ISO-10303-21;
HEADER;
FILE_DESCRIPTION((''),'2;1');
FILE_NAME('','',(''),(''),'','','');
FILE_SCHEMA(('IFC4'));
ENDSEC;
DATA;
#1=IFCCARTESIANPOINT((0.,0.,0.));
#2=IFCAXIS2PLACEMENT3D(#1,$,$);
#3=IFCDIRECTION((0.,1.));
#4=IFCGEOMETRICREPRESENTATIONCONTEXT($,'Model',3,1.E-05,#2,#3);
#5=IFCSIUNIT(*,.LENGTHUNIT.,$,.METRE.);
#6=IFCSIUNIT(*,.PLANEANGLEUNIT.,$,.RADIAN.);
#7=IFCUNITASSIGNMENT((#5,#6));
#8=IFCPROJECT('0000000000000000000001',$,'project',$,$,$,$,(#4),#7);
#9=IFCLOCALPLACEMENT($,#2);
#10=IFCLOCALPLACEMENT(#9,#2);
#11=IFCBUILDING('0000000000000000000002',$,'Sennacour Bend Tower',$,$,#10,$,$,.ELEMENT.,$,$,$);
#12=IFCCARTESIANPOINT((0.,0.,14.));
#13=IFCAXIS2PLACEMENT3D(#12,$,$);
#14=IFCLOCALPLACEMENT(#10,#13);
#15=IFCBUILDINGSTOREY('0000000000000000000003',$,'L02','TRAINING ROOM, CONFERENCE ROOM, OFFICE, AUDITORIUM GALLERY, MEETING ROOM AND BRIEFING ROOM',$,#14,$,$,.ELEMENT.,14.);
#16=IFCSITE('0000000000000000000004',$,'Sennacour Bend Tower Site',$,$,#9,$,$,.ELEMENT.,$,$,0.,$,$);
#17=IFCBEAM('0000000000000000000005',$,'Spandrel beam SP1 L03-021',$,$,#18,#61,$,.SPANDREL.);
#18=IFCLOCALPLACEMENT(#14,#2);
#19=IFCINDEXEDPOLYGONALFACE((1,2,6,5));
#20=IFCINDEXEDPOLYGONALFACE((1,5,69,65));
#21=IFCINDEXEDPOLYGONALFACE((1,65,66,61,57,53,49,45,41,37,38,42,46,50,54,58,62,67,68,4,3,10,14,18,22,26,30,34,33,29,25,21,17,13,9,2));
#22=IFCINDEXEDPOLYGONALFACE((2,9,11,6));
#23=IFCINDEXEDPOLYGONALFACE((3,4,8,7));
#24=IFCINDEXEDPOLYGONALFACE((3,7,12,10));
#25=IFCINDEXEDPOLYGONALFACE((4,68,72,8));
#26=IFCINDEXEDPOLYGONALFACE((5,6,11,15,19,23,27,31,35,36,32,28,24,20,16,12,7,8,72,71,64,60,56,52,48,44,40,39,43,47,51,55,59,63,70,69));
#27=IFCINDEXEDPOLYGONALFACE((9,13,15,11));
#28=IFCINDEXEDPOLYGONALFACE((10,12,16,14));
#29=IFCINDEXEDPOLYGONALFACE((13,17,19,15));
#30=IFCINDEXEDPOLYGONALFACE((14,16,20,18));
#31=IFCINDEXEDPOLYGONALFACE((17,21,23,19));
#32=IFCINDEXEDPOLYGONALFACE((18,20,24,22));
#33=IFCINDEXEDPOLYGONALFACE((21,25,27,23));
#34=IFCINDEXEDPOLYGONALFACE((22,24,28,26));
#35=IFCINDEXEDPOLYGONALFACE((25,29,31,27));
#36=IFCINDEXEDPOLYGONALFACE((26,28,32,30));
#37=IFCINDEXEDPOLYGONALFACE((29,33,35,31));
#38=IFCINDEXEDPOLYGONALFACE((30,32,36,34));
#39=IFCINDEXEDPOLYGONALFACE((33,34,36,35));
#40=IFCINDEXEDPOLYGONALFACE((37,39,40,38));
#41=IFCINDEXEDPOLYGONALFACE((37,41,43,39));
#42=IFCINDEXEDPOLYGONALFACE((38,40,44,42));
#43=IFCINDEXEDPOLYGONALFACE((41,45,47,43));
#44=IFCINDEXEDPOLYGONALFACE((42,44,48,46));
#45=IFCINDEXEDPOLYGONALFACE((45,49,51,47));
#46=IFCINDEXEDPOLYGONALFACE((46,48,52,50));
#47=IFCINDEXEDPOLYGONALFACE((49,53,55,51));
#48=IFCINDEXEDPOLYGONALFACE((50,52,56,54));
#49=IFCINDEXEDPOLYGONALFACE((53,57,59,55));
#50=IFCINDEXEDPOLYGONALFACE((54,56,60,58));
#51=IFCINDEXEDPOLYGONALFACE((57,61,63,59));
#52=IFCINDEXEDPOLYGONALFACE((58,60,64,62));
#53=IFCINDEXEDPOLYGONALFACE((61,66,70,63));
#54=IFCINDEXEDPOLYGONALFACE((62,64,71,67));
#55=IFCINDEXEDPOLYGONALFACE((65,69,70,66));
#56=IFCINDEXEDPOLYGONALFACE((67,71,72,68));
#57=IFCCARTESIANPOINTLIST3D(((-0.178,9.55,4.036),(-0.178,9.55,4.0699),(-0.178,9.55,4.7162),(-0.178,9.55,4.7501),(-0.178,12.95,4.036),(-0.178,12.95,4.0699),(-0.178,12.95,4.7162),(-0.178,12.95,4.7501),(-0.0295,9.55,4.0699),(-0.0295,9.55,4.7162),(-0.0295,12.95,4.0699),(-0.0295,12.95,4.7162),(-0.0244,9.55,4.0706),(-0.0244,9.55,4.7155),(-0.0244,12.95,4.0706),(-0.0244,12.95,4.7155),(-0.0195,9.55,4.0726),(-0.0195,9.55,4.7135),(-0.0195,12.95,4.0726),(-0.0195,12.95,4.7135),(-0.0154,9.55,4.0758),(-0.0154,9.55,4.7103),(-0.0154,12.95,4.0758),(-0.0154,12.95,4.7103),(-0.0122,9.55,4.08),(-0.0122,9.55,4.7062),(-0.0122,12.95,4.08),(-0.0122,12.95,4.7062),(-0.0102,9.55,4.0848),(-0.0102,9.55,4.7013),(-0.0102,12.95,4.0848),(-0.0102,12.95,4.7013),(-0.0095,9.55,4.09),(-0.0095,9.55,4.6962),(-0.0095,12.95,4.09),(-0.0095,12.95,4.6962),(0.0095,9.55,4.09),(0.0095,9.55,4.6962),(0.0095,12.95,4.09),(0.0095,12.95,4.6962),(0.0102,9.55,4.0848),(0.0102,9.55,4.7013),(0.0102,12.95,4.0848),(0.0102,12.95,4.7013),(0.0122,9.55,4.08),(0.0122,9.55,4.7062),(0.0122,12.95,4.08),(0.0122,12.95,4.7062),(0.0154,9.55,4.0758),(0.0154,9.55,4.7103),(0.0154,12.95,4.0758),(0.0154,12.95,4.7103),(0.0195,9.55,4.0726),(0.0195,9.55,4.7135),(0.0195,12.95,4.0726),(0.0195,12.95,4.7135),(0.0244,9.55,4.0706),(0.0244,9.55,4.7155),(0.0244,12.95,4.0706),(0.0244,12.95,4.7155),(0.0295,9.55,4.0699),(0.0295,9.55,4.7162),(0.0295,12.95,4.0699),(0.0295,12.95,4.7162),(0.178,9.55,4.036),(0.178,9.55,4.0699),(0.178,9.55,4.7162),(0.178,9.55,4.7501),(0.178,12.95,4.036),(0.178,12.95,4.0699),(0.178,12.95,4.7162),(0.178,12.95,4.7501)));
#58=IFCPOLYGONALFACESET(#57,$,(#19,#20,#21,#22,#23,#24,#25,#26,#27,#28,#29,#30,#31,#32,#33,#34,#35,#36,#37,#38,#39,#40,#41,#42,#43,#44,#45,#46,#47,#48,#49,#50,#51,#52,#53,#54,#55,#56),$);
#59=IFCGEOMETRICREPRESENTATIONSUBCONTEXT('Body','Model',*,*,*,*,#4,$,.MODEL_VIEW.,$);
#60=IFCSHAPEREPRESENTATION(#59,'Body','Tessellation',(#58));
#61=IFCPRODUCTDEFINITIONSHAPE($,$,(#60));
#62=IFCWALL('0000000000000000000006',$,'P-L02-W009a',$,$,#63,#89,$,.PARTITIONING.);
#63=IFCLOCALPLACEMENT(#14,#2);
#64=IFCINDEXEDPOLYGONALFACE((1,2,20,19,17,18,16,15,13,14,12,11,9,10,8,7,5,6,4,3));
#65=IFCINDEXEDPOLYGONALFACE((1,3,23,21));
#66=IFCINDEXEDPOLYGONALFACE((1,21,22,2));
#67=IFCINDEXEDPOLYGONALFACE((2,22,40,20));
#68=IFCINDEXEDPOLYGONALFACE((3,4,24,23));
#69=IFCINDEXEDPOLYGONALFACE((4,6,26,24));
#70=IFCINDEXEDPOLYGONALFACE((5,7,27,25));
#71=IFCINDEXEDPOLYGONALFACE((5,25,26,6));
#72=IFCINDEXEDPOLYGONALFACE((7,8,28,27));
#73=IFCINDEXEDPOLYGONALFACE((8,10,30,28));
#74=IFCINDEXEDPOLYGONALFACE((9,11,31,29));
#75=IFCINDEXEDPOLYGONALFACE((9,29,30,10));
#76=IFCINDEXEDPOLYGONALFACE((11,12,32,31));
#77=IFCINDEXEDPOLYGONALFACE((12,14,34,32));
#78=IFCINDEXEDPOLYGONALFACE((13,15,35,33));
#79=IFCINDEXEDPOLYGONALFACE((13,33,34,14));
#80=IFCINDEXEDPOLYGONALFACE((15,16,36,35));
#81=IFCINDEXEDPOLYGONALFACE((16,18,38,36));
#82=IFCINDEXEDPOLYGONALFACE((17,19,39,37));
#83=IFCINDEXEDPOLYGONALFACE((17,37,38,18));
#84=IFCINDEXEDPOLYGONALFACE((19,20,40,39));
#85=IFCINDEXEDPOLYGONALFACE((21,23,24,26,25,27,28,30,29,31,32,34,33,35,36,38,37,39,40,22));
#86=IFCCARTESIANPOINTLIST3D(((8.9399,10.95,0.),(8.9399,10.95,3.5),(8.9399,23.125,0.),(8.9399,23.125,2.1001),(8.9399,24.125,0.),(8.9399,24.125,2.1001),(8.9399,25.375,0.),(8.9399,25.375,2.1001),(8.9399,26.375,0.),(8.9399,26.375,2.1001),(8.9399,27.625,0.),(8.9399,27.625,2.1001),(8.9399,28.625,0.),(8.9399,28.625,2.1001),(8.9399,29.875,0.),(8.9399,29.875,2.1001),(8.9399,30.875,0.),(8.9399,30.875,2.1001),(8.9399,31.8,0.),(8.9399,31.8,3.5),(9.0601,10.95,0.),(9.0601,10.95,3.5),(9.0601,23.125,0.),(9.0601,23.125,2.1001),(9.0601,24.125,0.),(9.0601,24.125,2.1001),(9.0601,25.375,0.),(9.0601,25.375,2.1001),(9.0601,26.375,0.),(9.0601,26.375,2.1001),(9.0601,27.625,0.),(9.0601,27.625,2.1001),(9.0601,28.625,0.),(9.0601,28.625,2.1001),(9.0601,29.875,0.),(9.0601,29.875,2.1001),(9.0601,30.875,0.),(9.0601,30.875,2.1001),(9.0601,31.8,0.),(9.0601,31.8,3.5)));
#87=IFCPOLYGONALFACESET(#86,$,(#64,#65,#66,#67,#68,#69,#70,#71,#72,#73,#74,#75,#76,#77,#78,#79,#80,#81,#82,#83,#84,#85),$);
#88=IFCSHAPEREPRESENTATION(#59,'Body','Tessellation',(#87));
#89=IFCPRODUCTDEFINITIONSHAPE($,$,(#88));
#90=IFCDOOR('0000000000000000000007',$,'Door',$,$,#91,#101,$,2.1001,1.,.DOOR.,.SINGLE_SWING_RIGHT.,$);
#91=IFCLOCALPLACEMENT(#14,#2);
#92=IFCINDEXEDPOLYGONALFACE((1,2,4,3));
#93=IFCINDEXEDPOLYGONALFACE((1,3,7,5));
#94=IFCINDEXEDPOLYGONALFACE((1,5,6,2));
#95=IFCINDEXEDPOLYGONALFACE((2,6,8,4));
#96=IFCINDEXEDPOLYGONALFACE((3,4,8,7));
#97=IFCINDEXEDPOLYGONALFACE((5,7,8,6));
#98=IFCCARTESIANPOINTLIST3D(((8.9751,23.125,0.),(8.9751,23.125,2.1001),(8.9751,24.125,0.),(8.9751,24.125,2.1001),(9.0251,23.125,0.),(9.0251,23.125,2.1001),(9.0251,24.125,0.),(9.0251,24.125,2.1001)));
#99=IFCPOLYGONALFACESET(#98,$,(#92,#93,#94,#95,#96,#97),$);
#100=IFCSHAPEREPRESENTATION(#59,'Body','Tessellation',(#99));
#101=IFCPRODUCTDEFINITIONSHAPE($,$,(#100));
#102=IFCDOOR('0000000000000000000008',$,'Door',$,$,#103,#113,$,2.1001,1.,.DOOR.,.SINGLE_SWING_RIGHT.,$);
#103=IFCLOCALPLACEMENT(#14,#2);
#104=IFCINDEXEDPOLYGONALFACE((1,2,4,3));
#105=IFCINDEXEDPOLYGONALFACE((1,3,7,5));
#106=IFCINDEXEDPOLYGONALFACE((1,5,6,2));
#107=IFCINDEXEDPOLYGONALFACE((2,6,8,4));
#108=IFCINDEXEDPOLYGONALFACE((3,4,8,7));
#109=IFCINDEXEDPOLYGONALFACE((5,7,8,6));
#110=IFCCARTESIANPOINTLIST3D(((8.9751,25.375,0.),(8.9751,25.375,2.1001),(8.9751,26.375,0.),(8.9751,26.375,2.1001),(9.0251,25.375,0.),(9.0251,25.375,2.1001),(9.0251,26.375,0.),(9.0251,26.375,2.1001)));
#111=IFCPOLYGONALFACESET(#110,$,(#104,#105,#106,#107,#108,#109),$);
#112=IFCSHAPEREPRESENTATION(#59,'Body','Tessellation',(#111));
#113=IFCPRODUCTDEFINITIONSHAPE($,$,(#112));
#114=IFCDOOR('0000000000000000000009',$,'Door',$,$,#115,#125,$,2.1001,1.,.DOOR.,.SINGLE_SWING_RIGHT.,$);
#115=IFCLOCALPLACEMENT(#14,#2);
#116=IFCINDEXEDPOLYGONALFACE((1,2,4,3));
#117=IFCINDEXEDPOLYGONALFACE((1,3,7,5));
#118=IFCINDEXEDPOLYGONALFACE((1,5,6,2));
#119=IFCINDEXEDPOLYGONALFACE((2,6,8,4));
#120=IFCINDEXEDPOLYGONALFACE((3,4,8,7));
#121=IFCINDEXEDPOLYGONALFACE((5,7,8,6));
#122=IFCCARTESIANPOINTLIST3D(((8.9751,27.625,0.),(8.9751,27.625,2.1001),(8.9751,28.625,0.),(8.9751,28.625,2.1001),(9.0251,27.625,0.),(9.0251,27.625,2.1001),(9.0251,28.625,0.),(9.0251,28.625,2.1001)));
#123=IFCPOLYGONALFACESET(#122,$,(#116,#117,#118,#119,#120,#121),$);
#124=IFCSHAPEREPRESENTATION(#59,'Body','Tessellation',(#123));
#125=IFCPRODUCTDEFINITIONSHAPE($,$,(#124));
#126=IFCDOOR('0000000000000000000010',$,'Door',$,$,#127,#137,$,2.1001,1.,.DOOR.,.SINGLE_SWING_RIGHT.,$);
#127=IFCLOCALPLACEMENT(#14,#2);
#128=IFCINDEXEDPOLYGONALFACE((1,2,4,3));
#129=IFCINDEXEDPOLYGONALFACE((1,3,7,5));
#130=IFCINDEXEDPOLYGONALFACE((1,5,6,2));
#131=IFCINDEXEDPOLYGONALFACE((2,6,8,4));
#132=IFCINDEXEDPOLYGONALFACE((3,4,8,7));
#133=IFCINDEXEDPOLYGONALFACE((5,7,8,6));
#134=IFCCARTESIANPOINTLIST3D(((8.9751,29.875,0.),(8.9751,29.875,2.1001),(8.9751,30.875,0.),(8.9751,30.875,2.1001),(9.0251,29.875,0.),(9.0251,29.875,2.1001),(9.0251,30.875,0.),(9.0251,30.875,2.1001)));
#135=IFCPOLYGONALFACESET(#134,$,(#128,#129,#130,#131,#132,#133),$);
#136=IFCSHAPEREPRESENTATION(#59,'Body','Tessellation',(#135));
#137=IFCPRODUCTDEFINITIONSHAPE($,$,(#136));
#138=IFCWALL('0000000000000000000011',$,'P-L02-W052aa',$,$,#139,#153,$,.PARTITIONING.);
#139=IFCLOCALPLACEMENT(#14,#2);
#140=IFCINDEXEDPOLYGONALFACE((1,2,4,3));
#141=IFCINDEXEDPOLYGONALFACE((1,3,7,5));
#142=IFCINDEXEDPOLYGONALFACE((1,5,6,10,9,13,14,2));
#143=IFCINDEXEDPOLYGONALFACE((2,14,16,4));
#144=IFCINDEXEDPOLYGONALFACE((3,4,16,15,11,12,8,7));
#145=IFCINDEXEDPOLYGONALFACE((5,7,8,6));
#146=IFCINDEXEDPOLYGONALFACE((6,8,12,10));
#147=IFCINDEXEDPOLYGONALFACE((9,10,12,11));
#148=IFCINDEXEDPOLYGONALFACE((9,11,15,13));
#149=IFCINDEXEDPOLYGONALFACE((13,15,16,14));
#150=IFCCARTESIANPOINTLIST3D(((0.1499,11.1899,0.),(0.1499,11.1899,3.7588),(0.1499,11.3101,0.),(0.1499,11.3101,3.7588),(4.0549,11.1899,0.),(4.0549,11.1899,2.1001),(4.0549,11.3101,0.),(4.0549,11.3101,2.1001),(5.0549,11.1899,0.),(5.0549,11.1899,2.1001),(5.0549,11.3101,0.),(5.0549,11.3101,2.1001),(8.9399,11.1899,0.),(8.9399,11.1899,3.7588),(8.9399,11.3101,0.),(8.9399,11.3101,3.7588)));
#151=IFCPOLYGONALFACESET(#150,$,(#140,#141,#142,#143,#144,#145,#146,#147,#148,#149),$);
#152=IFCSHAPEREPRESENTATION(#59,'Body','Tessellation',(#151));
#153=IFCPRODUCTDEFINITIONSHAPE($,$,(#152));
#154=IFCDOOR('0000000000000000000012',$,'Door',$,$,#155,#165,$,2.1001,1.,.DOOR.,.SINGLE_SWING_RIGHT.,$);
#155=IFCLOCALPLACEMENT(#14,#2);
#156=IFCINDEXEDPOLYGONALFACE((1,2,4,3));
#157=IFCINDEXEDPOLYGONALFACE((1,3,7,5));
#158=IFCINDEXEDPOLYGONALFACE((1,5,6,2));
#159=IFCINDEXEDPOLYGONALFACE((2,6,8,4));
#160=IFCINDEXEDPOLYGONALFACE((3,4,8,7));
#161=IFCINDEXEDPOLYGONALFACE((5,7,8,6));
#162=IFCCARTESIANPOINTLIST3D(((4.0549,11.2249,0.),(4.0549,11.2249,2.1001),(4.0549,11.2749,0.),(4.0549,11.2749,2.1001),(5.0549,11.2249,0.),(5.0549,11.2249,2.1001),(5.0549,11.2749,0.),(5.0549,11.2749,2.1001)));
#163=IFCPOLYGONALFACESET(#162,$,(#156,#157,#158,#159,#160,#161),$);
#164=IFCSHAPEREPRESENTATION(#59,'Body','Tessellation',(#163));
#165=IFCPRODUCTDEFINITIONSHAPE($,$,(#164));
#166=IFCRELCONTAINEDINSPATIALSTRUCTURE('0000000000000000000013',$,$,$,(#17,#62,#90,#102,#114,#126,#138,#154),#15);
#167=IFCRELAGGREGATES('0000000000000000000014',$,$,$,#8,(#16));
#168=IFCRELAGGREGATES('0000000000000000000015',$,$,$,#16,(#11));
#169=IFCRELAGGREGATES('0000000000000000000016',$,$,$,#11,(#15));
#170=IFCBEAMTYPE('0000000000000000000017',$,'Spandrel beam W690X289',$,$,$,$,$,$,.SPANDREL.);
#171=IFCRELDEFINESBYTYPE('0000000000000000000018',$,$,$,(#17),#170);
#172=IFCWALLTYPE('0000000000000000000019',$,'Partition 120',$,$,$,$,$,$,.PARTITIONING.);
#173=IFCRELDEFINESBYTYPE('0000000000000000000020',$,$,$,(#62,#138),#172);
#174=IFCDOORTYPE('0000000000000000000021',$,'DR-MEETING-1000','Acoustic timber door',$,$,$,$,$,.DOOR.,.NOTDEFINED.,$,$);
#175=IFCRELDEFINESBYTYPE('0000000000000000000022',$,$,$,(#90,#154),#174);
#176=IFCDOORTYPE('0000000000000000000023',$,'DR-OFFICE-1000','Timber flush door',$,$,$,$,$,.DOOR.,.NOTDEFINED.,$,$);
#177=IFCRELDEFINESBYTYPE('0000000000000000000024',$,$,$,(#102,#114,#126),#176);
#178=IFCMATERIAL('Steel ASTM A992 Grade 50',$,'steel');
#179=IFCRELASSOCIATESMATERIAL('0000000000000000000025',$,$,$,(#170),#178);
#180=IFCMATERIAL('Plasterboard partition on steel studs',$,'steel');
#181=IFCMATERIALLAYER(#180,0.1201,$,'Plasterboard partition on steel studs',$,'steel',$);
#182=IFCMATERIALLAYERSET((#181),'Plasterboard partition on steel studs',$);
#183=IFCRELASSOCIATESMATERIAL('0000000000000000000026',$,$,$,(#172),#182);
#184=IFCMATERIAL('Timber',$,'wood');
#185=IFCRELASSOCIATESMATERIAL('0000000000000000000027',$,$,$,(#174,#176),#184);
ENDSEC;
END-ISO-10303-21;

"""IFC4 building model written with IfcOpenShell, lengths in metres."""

from ifc_helpers import new_model, si_unit, direction, frame, frame_2d, origin, origin_2d, place, context, subcontext, project, spatial, rectangle, i_section, extrude, material, layer, layer_set, material_profile, profile_set, type_object, element, fill, save


model = new_model("IFC4")

# Units and contexts
model_context = context("Model", 3, precision=1e-05, world=origin(), true_north=direction((0.0, 1.0)))
body_context = subcontext(model_context, "Body", "Model", "MODEL_VIEW")
ifc_project = project(units=[si_unit("LENGTHUNIT", "METRE"), si_unit("PLANEANGLEUNIT", "RADIAN")], contexts=[model_context])

# Site, building, storey
site_placement = place(None, origin())
site = spatial("IfcSite", under=ifc_project, at=site_placement, Name="Sennacour Bend Tower Site", CompositionType="ELEMENT", RefElevation=0.0)
building_placement = place(site_placement, origin())
building = spatial("IfcBuilding", under=site, at=building_placement, Name="Sennacour Bend Tower", CompositionType="ELEMENT")
storey_placement = place(building_placement, frame((0.0, 0.0, 14.0)))
storey = spatial("IfcBuildingStorey", under=building, at=storey_placement, Name="L02", Description="TRAINING ROOM, CONFERENCE ROOM, OFFICE, AUDITORIUM GALLERY, MEETING ROOM AND BRIEFING ROOM", CompositionType="ELEMENT", Elevation=14.0)

# Beam
ifc_material_1 = material(Name="Steel ASTM A992 Grade 50", Category="steel")
ifc_material_profile_1 = material_profile(ifc_material_1, i_section(OverallWidth=0.356, OverallDepth=0.7141, WebThickness=0.019, FlangeThickness=0.0339, FilletRadius=0.02, at=origin_2d()), Name="Steel ASTM A992 Grade 50", Category="steel")
ifc_profile_set_1 = profile_set([ifc_material_profile_1], Name="Steel ASTM A992 Grade 50")
beam_type_1 = type_object("IfcBeamType", Name="Spandrel beam W690X289", PredefinedType="SPANDREL", material=ifc_profile_set_1)
for number, where, z_axis, x_axis, name in (
    (1, (0.0, 12.95, 4.3931), (0.0, -1.0, 0.0), (1.0, 0.0, 0.0), "Spandrel beam SP1 L03-021"),
):
    element("IfcBeam", number, at=place(storey_placement, frame(where, z_axis=z_axis, x_axis=x_axis)), inside=storey, type_object=beam_type_1, Name=name, PredefinedType="SPANDREL", context=body_context, shape_type="SweptSolid", body=[
        extrude(i_section(OverallWidth=0.356, OverallDepth=0.7141, WebThickness=0.019, FlangeThickness=0.0339, FilletRadius=0.02, at=origin_2d()), origin(), (0.0, 0.0, 1.0), 3.3999),
    ])

# Wall, openings, doors
ifc_material_2 = material(Name="Plasterboard partition on steel studs", Category="steel")
ifc_layer_1 = layer(ifc_material_2, 0.1201, Name="Plasterboard partition on steel studs", Category="steel")
ifc_layer_set_1 = layer_set([ifc_layer_1], Name="Plasterboard partition on steel studs")
wall_type_1 = type_object("IfcWallType", Name="Partition 120", PredefinedType="PARTITIONING", material=ifc_layer_set_1)
wall_1_placement = place(storey_placement, frame((9.0, 10.95, 0.0), z_axis=(0.0, 0.0, 1.0), x_axis=(0.0, 1.0, 0.0)))
wall_1 = element("IfcWall", 2, at=wall_1_placement, inside=storey, type_object=wall_type_1, Name="P-L02-W009a", PredefinedType="PARTITIONING", context=body_context, shape_type="SweptSolid", body=[
    extrude(rectangle(XDim=20.8501, YDim=0.1201, at=frame_2d((10.425, 0.0))), origin(), (0.0, 0.0, 1.0), 3.5),
])
opening_1_placement = place(wall_1_placement, frame((12.175, 0.0, 0.0)))
opening_1 = element("IfcOpeningElement", 3, at=opening_1_placement, cuts=wall_1, PredefinedType="OPENING", context=body_context, shape_type="SweptSolid", body=[
    extrude(rectangle(XDim=1.0, YDim=2.1001, at=frame_2d((0.5, 1.05))), frame((0.0, 0.0701, 0.0), z_axis=(0.0, -1.0, 0.0), x_axis=(1.0, 0.0, 0.0)), (0.0, 0.0, 1.0), 0.1401),
])
opening_2_placement = place(wall_1_placement, frame((14.425, 0.0, 0.0)))
opening_2 = element("IfcOpeningElement", 4, at=opening_2_placement, cuts=wall_1, PredefinedType="OPENING", context=body_context, shape_type="SweptSolid", body=[
    extrude(rectangle(XDim=1.0, YDim=2.1001, at=frame_2d((0.5, 1.05))), frame((0.0, 0.0701, 0.0), z_axis=(0.0, -1.0, 0.0), x_axis=(1.0, 0.0, 0.0)), (0.0, 0.0, 1.0), 0.1401),
])
opening_3_placement = place(wall_1_placement, frame((16.675, 0.0, 0.0)))
opening_3 = element("IfcOpeningElement", 5, at=opening_3_placement, cuts=wall_1, PredefinedType="OPENING", context=body_context, shape_type="SweptSolid", body=[
    extrude(rectangle(XDim=1.0, YDim=2.1001, at=frame_2d((0.5, 1.05))), frame((0.0, 0.0701, 0.0), z_axis=(0.0, -1.0, 0.0), x_axis=(1.0, 0.0, 0.0)), (0.0, 0.0, 1.0), 0.1401),
])
opening_4_placement = place(wall_1_placement, frame((18.925, 0.0, 0.0)))
opening_4 = element("IfcOpeningElement", 6, at=opening_4_placement, cuts=wall_1, PredefinedType="OPENING", context=body_context, shape_type="SweptSolid", body=[
    extrude(rectangle(XDim=1.0, YDim=2.1001, at=frame_2d((0.5, 1.05))), frame((0.0, 0.0701, 0.0), z_axis=(0.0, -1.0, 0.0), x_axis=(1.0, 0.0, 0.0)), (0.0, 0.0, 1.0), 0.1401),
])
ifc_material_3 = material(Name="Timber", Category="wood")
door_type_1 = type_object("IfcDoorType", Name="DR-MEETING-1000", Description="Acoustic timber door", OperationType="NOTDEFINED", PredefinedType="DOOR", material=ifc_material_3)
door_1_placement = place(opening_1_placement, origin())
door_1 = element("IfcDoor", 7, at=door_1_placement, inside=storey, type_object=door_type_1, Name="Door", OperationType="SINGLE_SWING_RIGHT", OverallHeight=2.1001, OverallWidth=1.0, PredefinedType="DOOR", context=body_context, shape_type="SweptSolid", body=[
    extrude(rectangle(XDim=1.0, YDim=2.1001, at=frame_2d((0.5, 1.05))), frame((0.0, 0.0249, 0.0), z_axis=(0.0, -1.0, 0.0), x_axis=(1.0, 0.0, 0.0)), (0.0, 0.0, 1.0), 0.05),
])
fill(opening_1, door_1)
door_type_2 = type_object("IfcDoorType", Name="DR-OFFICE-1000", Description="Timber flush door", OperationType="NOTDEFINED", PredefinedType="DOOR", material=ifc_material_3)
door_2_placement = place(opening_2_placement, origin())
door_2 = element("IfcDoor", 8, at=door_2_placement, inside=storey, type_object=door_type_2, Name="Door", OperationType="SINGLE_SWING_RIGHT", OverallHeight=2.1001, OverallWidth=1.0, PredefinedType="DOOR", context=body_context, shape_type="SweptSolid", body=[
    extrude(rectangle(XDim=1.0, YDim=2.1001, at=frame_2d((0.5, 1.05))), frame((0.0, 0.0249, 0.0), z_axis=(0.0, -1.0, 0.0), x_axis=(1.0, 0.0, 0.0)), (0.0, 0.0, 1.0), 0.05),
])
fill(opening_2, door_2)
door_3_placement = place(opening_3_placement, origin())
door_3 = element("IfcDoor", 9, at=door_3_placement, inside=storey, type_object=door_type_2, Name="Door", OperationType="SINGLE_SWING_RIGHT", OverallHeight=2.1001, OverallWidth=1.0, PredefinedType="DOOR", context=body_context, shape_type="SweptSolid", body=[
    extrude(rectangle(XDim=1.0, YDim=2.1001, at=frame_2d((0.5, 1.05))), frame((0.0, 0.0249, 0.0), z_axis=(0.0, -1.0, 0.0), x_axis=(1.0, 0.0, 0.0)), (0.0, 0.0, 1.0), 0.05),
])
fill(opening_3, door_3)
door_4_placement = place(opening_4_placement, origin())
door_4 = element("IfcDoor", 10, at=door_4_placement, inside=storey, type_object=door_type_2, Name="Door", OperationType="SINGLE_SWING_RIGHT", OverallHeight=2.1001, OverallWidth=1.0, PredefinedType="DOOR", context=body_context, shape_type="SweptSolid", body=[
    extrude(rectangle(XDim=1.0, YDim=2.1001, at=frame_2d((0.5, 1.05))), frame((0.0, 0.0249, 0.0), z_axis=(0.0, -1.0, 0.0), x_axis=(1.0, 0.0, 0.0)), (0.0, 0.0, 1.0), 0.05),
])
fill(opening_4, door_4)

# Wall, opening, door
wall_2_placement = place(storey_placement, frame((0.1499, 11.25, 0.0), z_axis=(0.0, 0.0, 1.0), x_axis=(1.0, 0.0, 0.0)))
wall_2 = element("IfcWall", 11, at=wall_2_placement, inside=storey, type_object=wall_type_1, Name="P-L02-W052aa", PredefinedType="PARTITIONING", context=body_context, shape_type="SweptSolid", body=[
    extrude(rectangle(XDim=8.79, YDim=0.1201, at=frame_2d((4.395, 0.0))), origin(), (0.0, 0.0, 1.0), 3.7588),
])
opening_5_placement = place(wall_2_placement, frame((3.905, 0.0, 0.0)))
opening_5 = element("IfcOpeningElement", 12, at=opening_5_placement, cuts=wall_2, PredefinedType="OPENING", context=body_context, shape_type="SweptSolid", body=[
    extrude(rectangle(XDim=1.0, YDim=2.1001, at=frame_2d((0.5, 1.05))), frame((0.0, 0.0701, 0.0), z_axis=(0.0, -1.0, 0.0), x_axis=(1.0, 0.0, 0.0)), (0.0, 0.0, 1.0), 0.1401),
])
door_5_placement = place(opening_5_placement, origin())
door_5 = element("IfcDoor", 13, at=door_5_placement, inside=storey, type_object=door_type_1, Name="Door", OperationType="SINGLE_SWING_RIGHT", OverallHeight=2.1001, OverallWidth=1.0, PredefinedType="DOOR", context=body_context, shape_type="SweptSolid", body=[
    extrude(rectangle(XDim=1.0, YDim=2.1001, at=frame_2d((0.5, 1.05))), frame((0.0, 0.0249, 0.0), z_axis=(0.0, -1.0, 0.0), x_axis=(1.0, 0.0, 0.0)), (0.0, 0.0, 1.0), 0.05),
])
fill(opening_5, door_5)

save(model, "model.ifc")
